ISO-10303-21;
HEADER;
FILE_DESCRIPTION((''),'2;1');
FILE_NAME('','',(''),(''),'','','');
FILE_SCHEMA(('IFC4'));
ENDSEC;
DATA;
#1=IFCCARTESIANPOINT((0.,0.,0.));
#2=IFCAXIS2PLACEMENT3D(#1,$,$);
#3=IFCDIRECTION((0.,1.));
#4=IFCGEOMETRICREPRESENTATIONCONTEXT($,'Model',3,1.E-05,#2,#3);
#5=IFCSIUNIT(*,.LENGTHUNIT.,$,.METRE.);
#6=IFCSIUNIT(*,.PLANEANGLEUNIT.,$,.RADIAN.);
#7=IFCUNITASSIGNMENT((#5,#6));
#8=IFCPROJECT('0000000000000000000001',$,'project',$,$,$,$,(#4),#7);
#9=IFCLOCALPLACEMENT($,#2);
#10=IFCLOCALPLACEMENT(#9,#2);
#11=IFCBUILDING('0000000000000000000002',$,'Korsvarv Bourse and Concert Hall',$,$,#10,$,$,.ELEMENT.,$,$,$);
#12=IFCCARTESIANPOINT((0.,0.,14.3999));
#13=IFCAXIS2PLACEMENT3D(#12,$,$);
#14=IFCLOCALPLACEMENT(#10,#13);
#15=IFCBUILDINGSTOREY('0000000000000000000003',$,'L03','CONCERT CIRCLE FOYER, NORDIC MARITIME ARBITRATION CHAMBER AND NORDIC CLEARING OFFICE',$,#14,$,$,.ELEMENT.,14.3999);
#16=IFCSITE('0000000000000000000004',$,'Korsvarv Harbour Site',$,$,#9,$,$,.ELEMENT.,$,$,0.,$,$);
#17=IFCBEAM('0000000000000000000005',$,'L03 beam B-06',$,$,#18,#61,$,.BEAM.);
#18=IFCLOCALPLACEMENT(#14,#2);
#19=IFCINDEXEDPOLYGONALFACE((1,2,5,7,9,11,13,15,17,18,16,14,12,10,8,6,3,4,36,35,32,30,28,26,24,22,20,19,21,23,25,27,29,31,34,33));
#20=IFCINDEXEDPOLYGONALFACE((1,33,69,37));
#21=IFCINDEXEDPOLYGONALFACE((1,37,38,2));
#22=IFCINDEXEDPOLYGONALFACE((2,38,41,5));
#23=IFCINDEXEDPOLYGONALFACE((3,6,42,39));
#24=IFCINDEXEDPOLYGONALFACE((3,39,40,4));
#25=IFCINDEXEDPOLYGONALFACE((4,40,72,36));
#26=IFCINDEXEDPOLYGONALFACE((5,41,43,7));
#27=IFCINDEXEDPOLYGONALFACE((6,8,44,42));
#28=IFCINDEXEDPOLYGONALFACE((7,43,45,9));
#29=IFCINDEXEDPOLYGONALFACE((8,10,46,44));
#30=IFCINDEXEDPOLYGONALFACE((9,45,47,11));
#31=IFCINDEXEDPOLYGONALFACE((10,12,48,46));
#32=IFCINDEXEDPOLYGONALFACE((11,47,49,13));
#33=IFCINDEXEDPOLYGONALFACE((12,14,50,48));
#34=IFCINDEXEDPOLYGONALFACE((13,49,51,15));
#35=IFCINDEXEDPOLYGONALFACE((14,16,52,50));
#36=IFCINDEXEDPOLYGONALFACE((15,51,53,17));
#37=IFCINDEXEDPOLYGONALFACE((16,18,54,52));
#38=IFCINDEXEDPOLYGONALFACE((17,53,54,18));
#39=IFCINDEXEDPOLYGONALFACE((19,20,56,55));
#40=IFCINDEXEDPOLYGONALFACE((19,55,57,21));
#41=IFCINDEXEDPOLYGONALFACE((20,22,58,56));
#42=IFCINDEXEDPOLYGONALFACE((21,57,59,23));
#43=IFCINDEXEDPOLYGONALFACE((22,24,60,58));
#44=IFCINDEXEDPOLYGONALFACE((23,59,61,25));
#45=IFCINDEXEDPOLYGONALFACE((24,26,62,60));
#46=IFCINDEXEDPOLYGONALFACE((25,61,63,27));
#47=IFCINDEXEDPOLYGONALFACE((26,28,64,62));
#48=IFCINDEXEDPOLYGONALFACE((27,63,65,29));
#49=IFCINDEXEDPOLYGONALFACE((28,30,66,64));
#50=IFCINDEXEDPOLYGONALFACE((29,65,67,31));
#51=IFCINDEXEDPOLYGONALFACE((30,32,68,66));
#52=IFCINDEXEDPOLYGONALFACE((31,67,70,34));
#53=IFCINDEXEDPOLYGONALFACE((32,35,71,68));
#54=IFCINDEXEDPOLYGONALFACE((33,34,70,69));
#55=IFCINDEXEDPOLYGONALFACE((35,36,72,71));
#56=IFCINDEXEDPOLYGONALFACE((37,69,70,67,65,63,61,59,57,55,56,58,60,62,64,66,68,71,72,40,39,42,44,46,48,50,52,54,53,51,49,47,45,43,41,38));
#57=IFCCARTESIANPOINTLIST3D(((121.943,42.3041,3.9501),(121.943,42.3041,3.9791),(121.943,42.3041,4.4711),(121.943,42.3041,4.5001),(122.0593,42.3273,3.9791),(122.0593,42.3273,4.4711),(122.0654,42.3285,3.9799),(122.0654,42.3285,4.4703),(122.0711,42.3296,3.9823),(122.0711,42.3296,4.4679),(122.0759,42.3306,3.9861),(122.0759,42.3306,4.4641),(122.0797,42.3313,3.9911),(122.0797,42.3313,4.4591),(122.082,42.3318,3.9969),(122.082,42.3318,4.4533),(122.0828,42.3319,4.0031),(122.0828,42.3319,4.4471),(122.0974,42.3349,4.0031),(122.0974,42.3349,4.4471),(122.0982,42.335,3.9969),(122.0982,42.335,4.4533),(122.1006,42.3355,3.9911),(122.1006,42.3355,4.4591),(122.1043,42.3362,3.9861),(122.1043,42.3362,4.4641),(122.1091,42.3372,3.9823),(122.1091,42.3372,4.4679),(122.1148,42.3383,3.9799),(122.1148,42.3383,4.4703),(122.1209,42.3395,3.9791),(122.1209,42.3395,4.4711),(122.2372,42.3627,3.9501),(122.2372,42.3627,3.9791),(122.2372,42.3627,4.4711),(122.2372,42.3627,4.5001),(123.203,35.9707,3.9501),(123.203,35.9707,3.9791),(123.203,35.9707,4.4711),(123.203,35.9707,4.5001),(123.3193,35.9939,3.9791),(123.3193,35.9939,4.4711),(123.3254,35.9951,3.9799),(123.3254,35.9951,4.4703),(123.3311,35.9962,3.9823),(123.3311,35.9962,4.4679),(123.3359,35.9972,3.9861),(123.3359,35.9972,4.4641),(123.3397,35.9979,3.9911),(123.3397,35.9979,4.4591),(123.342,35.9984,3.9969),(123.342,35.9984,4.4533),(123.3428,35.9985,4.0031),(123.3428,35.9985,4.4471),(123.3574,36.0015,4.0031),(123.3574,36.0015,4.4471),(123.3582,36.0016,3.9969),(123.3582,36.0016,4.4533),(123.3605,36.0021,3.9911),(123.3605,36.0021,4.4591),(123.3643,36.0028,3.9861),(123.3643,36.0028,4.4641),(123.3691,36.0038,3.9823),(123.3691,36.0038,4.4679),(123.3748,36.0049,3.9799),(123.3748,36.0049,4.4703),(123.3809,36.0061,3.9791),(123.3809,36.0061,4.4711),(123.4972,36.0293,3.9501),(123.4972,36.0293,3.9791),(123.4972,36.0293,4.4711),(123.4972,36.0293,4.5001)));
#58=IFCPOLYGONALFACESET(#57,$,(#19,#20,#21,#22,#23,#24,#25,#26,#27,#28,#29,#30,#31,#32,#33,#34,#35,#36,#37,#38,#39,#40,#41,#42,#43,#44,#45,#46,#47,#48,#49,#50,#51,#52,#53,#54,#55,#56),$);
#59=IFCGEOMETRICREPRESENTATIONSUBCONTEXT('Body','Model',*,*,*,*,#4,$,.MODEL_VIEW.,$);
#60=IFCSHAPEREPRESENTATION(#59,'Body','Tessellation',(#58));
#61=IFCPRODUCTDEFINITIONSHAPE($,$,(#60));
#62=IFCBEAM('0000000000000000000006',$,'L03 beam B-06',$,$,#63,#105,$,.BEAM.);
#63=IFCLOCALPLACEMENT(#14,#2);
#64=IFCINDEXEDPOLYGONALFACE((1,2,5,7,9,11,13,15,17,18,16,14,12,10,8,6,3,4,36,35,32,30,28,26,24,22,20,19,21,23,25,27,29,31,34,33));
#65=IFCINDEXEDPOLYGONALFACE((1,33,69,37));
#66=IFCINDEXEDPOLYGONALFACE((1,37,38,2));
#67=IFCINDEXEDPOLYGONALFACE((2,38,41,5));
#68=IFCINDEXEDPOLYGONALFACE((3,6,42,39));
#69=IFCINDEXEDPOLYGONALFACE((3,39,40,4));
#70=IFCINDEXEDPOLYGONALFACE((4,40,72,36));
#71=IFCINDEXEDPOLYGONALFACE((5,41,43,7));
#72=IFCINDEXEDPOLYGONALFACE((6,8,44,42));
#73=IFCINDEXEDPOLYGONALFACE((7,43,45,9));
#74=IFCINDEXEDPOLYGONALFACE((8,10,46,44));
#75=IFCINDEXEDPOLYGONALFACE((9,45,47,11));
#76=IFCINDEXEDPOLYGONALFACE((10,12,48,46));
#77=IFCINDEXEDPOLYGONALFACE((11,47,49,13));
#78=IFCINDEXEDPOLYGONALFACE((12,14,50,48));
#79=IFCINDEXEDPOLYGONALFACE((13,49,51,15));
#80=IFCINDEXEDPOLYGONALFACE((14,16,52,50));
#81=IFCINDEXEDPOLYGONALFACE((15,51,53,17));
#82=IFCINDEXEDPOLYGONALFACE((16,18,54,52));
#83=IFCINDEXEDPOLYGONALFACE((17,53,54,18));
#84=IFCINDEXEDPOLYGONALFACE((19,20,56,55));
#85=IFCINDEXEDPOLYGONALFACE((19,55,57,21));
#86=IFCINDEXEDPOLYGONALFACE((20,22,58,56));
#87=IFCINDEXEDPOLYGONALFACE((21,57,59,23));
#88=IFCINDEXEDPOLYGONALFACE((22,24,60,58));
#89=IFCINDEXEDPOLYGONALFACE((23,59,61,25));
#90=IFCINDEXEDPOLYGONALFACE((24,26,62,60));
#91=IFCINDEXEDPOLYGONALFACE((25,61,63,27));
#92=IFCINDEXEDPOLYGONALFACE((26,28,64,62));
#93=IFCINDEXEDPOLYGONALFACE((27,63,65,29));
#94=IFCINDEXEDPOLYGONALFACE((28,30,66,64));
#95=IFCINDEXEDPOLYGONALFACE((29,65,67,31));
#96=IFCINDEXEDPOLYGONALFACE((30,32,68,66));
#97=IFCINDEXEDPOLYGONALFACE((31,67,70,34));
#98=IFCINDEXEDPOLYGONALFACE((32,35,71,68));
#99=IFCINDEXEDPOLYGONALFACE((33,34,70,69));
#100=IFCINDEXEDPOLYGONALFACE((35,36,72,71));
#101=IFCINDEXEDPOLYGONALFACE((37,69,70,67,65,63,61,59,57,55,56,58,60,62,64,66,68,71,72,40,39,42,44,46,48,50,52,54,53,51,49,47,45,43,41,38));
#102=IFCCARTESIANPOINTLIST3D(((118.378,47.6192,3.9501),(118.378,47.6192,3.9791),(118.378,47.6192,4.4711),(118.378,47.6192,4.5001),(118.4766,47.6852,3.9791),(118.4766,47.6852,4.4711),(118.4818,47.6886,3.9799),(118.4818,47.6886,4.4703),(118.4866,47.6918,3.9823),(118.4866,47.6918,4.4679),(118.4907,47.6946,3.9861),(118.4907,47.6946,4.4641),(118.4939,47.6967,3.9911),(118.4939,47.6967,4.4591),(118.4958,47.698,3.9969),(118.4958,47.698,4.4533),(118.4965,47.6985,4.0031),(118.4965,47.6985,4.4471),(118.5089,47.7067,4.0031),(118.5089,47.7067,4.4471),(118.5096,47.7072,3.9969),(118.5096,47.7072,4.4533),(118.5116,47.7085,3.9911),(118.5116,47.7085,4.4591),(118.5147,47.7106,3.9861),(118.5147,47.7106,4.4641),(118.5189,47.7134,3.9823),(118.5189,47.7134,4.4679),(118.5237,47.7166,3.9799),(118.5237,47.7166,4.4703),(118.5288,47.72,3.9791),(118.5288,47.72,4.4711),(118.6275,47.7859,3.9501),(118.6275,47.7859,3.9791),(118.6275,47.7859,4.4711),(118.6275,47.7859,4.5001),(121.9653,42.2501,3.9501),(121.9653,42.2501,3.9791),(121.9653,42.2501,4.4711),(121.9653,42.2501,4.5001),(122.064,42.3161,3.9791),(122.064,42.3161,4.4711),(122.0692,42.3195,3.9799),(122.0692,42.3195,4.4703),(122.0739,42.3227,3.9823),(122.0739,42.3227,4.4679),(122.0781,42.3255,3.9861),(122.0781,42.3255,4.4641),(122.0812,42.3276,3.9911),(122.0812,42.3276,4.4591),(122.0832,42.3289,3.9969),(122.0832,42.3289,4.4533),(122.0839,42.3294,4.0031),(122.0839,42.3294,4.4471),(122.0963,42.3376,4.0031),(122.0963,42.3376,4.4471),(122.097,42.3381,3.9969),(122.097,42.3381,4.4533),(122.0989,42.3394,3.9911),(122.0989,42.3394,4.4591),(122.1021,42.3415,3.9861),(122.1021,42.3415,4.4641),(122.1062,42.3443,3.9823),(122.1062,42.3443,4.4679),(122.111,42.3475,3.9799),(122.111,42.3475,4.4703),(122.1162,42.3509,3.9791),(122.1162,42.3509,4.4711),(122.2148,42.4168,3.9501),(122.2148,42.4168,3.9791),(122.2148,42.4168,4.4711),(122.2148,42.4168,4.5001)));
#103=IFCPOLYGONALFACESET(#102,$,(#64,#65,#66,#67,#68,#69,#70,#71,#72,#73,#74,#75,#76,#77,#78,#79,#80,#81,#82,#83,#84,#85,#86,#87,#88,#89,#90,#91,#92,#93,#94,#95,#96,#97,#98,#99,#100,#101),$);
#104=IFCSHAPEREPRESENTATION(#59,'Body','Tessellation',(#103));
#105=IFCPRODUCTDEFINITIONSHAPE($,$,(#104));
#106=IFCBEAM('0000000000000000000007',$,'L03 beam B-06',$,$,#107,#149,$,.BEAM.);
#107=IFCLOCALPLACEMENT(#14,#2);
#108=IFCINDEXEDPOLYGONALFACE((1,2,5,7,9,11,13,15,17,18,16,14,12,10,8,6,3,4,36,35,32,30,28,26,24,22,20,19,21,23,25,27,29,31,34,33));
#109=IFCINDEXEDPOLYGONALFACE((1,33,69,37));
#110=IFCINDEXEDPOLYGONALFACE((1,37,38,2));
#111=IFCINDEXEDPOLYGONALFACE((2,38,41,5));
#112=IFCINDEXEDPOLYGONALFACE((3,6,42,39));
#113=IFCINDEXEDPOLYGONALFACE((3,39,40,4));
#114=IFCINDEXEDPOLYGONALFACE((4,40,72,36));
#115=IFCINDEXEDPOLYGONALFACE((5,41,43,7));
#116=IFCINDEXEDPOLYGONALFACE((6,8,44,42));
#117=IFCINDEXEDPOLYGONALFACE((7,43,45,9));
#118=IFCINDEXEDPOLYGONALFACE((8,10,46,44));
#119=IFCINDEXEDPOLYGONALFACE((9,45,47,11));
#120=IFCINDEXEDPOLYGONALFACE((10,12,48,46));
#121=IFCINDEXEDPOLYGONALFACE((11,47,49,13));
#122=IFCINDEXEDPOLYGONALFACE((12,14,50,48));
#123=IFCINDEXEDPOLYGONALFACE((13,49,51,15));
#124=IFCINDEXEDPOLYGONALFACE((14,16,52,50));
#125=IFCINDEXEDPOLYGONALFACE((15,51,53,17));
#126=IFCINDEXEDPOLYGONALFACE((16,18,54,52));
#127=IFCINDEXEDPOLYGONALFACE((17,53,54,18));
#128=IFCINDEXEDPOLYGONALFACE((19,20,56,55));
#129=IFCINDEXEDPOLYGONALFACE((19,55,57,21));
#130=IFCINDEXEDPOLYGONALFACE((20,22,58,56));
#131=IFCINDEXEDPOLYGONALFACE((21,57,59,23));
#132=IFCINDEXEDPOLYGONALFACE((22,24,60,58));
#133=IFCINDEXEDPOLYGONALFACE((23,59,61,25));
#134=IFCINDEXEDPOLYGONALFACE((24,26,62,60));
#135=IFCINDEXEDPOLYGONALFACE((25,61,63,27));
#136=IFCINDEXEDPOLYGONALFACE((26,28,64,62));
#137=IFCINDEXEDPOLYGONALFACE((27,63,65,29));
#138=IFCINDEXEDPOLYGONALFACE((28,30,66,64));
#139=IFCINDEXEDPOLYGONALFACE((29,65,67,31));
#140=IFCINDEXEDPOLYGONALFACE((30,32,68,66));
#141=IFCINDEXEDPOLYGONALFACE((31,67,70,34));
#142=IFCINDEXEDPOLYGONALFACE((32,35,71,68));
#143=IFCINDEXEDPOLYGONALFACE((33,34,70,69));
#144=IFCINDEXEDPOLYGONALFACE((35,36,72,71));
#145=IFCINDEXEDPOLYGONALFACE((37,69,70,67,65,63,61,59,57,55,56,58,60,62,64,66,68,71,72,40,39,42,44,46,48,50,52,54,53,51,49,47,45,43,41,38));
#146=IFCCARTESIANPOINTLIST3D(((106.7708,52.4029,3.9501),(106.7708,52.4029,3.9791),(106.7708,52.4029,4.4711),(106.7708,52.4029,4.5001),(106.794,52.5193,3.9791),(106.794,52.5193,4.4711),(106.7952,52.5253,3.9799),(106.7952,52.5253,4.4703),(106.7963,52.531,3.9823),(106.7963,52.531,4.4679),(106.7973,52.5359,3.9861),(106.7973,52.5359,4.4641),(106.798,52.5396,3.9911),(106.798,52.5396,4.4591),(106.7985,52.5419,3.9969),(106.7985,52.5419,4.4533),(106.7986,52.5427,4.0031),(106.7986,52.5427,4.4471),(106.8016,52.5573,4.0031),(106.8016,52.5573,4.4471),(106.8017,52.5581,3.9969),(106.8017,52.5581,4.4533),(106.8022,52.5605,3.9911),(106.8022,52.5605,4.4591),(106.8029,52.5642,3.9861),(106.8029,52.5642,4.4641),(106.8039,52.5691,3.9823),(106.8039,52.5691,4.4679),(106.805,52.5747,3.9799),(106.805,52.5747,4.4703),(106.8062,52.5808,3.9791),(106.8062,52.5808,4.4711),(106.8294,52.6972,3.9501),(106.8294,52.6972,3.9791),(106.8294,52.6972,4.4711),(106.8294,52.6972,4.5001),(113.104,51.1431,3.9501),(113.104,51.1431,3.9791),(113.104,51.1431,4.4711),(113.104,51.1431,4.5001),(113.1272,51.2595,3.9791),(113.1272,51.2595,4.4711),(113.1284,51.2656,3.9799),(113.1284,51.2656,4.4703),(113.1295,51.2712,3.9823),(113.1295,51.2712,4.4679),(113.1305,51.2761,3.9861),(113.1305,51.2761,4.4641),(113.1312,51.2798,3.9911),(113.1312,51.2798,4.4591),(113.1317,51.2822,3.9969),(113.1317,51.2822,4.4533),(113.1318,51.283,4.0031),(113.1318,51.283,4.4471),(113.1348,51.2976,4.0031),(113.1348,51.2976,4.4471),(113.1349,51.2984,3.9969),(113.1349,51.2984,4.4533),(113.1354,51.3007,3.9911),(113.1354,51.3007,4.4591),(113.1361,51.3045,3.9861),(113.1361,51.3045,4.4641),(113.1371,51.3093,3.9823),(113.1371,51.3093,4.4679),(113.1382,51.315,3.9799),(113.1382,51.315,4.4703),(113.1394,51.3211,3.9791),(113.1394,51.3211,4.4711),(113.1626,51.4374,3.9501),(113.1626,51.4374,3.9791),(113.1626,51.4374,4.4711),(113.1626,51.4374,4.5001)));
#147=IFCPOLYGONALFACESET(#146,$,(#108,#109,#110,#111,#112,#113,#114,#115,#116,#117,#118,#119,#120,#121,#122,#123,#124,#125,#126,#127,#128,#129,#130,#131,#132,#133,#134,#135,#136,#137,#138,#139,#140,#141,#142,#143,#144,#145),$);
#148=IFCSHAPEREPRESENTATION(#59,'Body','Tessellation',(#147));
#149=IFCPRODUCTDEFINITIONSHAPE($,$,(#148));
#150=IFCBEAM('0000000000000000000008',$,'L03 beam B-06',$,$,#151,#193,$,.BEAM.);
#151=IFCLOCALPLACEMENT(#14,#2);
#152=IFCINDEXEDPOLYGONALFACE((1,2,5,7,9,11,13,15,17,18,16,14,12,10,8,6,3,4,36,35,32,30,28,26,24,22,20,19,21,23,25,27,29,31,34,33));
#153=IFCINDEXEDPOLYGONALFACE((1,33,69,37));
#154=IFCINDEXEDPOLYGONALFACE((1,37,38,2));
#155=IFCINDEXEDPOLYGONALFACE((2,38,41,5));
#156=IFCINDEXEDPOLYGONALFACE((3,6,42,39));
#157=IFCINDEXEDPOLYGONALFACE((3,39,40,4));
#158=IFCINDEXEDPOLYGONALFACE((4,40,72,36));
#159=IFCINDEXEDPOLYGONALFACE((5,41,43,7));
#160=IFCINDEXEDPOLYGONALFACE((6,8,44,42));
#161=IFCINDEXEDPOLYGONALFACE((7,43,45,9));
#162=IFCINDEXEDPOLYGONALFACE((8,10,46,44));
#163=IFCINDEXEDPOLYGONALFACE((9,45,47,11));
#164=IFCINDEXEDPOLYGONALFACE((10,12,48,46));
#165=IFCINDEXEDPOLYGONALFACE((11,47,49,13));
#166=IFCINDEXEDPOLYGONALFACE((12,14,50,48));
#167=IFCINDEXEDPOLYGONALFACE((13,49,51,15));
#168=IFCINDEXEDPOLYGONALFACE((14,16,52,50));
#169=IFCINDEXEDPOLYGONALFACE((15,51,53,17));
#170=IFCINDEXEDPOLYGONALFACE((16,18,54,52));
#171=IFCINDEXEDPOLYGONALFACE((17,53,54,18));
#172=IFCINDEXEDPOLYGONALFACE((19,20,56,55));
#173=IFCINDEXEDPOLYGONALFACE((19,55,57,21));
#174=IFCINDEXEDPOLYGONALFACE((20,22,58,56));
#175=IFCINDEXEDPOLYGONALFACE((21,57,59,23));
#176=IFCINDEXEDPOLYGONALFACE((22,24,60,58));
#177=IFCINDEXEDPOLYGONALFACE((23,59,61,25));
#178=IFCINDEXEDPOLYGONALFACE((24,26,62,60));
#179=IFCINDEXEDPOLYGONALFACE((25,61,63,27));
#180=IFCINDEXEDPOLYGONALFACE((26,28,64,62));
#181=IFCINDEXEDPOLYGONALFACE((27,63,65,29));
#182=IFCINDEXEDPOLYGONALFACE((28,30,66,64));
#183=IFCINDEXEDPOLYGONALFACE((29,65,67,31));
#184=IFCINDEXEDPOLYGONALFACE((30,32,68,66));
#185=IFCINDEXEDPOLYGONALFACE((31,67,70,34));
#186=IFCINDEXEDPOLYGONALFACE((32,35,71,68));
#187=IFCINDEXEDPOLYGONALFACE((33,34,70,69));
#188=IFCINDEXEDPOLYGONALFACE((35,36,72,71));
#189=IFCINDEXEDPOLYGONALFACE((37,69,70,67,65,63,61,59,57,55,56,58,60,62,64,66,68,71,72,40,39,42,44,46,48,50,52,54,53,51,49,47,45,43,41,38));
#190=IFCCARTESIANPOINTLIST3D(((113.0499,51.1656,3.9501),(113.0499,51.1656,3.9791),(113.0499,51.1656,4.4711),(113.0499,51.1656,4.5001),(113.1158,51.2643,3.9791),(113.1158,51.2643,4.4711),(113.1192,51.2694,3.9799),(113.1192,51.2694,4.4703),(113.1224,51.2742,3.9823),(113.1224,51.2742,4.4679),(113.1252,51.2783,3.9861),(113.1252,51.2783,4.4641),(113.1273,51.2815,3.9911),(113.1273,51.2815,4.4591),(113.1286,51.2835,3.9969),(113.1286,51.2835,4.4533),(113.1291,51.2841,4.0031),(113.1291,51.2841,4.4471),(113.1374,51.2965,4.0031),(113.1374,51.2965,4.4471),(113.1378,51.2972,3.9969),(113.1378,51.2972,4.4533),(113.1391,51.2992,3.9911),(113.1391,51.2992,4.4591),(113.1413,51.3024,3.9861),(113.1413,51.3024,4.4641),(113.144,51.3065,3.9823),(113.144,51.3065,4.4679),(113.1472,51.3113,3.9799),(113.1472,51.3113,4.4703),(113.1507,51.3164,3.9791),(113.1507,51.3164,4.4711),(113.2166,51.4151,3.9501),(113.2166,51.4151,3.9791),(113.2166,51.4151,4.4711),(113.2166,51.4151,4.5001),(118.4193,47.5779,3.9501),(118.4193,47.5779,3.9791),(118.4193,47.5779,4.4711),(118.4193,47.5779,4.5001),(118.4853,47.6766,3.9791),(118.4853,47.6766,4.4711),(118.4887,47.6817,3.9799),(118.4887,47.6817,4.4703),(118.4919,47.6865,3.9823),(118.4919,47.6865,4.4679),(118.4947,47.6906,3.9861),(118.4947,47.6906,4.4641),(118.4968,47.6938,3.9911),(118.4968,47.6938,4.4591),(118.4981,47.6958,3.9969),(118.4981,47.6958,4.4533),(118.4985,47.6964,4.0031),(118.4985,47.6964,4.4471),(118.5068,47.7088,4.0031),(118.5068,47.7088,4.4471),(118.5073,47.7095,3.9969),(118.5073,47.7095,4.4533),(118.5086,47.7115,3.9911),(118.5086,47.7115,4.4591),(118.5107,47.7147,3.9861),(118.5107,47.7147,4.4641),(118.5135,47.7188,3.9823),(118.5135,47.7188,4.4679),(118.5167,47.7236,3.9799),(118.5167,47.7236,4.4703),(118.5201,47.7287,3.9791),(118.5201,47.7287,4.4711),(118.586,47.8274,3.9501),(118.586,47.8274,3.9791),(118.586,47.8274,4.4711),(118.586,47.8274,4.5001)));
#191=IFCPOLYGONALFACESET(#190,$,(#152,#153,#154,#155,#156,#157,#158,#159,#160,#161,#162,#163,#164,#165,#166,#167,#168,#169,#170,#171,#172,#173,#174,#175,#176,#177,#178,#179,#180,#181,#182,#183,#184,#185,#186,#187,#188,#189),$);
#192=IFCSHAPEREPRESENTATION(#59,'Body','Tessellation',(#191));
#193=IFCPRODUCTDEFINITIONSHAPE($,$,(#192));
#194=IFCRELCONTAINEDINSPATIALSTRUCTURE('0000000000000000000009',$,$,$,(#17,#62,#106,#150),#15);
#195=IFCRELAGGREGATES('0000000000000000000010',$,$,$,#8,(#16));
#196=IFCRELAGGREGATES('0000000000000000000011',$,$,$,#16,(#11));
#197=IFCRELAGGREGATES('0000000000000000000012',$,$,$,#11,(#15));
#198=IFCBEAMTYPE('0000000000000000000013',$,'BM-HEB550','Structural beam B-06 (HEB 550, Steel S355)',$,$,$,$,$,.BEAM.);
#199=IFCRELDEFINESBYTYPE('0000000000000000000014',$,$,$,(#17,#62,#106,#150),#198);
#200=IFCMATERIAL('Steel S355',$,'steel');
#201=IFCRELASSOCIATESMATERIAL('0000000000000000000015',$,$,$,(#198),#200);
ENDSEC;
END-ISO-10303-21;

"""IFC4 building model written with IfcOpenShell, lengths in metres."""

from ifc_helpers import new_model, si_unit, direction, frame, origin, origin_2d, place, context, subcontext, project, spatial, i_section, extrude, source, transform, mapped, material, material_profile, profile_set, type_object, element, save


model = new_model("IFC4")

# Units and contexts
model_context = context("Model", 3, precision=1e-05, world=origin(), true_north=direction((0.0, 1.0)))
body_context = subcontext(model_context, "Body", "Model", "MODEL_VIEW")
ifc_project = project(units=[si_unit("LENGTHUNIT", "METRE"), si_unit("PLANEANGLEUNIT", "RADIAN")], contexts=[model_context])

# Site, building, storey
site_placement = place(None, origin())
site = spatial("IfcSite", under=ifc_project, at=site_placement, Name="Korsvarv Harbour Site", CompositionType="ELEMENT", RefElevation=0.0)
building_placement = place(site_placement, origin())
building = spatial("IfcBuilding", under=site, at=building_placement, Name="Korsvarv Bourse and Concert Hall", CompositionType="ELEMENT")
storey_placement = place(building_placement, frame((0.0, 0.0, 14.3999)))
storey = spatial("IfcBuildingStorey", under=building, at=storey_placement, Name="L03", Description="CONCERT CIRCLE FOYER, NORDIC MARITIME ARBITRATION CHAMBER AND NORDIC CLEARING OFFICE", CompositionType="ELEMENT", Elevation=14.3999)

# Beams
ifc_material_1 = material(Name="Steel S355", Category="steel")
ifc_material_profile_1 = material_profile(ifc_material_1, i_section(OverallWidth=0.3, OverallDepth=0.55, WebThickness=0.0149, FlangeThickness=0.0291, FilletRadius=0.0239, at=origin_2d()), Name="HEB 550")
ifc_profile_set_1 = profile_set([ifc_material_profile_1], Name="Steel S355")
beam_type_1 = type_object("IfcBeamType", Name="BM-HEB550", Description="Structural beam B-06 (HEB 550, Steel S355)", PredefinedType="BEAM", material=ifc_profile_set_1)
shared_shape_1 = source(origin(), body_context, "Body", "SweptSolid", [
    extrude(i_section(OverallWidth=0.3, OverallDepth=0.55, WebThickness=0.0149, FlangeThickness=0.0291, FilletRadius=0.0239, at=origin_2d()), origin(), (0.0, 0.0, 1.0), 6.4575),
])
beam_1_placement = place(storey_placement, frame((123.3501, 36.0, 4.2251), z_axis=(-0.19512, 0.980779, 0.0), x_axis=(-0.980779, -0.19512, 0.0)))
element("IfcBeam", 1, at=beam_1_placement, inside=storey, type_object=beam_type_1, Name="L03 beam B-06", PredefinedType="BEAM", context=body_context, shape_type="MappedRepresentation", body=[
    mapped(shared_shape_1, transform((0.0, 0.0, 0.0), scale=1.0)),
])
shared_shape_2 = source(origin(), body_context, "Body", "SweptSolid", [
    extrude(i_section(OverallWidth=0.3, OverallDepth=0.55, WebThickness=0.0149, FlangeThickness=0.0291, FilletRadius=0.0239, at=origin_2d()), origin(), (0.0, 0.0, 1.0), 6.4573),
])
for number, where, z_axis, x_axis, name in (
    (2, (122.0901, 42.3335, 4.2251), (-0.555555, 0.83148, 0.0), (-0.83148, -0.555555, 0.0), "L03 beam B-06"),
    (3, (113.1333, 51.2903, 4.2251), (-0.980785, 0.195091, 0.0), (-0.195091, -0.980785, 0.0), "L03 beam B-06"),
):
    element("IfcBeam", number, at=place(storey_placement, frame(where, z_axis=z_axis, x_axis=x_axis)), inside=storey, type_object=beam_type_1, Name=name, PredefinedType="BEAM", context=body_context, shape_type="MappedRepresentation", body=[
        mapped(shared_shape_2, transform((0.0, 0.0, 0.0), scale=1.0)),
    ])
shared_shape_3 = source(origin(), body_context, "Body", "SweptSolid", [
    extrude(i_section(OverallWidth=0.3, OverallDepth=0.55, WebThickness=0.0149, FlangeThickness=0.0291, FilletRadius=0.0239, at=origin_2d()), origin(), (0.0, 0.0, 1.0), 6.4578),
])
beam_2_placement = place(storey_placement, frame((118.5027, 47.7026, 4.2251), z_axis=(-0.831474, 0.555564, 0.0), x_axis=(-0.555564, -0.831474, 0.0)))
element("IfcBeam", 4, at=beam_2_placement, inside=storey, type_object=beam_type_1, Name="L03 beam B-06", PredefinedType="BEAM", context=body_context, shape_type="MappedRepresentation", body=[
    mapped(shared_shape_3, transform((0.0, 0.0, 0.0), scale=1.0)),
])

save(model, "model.ifc")
